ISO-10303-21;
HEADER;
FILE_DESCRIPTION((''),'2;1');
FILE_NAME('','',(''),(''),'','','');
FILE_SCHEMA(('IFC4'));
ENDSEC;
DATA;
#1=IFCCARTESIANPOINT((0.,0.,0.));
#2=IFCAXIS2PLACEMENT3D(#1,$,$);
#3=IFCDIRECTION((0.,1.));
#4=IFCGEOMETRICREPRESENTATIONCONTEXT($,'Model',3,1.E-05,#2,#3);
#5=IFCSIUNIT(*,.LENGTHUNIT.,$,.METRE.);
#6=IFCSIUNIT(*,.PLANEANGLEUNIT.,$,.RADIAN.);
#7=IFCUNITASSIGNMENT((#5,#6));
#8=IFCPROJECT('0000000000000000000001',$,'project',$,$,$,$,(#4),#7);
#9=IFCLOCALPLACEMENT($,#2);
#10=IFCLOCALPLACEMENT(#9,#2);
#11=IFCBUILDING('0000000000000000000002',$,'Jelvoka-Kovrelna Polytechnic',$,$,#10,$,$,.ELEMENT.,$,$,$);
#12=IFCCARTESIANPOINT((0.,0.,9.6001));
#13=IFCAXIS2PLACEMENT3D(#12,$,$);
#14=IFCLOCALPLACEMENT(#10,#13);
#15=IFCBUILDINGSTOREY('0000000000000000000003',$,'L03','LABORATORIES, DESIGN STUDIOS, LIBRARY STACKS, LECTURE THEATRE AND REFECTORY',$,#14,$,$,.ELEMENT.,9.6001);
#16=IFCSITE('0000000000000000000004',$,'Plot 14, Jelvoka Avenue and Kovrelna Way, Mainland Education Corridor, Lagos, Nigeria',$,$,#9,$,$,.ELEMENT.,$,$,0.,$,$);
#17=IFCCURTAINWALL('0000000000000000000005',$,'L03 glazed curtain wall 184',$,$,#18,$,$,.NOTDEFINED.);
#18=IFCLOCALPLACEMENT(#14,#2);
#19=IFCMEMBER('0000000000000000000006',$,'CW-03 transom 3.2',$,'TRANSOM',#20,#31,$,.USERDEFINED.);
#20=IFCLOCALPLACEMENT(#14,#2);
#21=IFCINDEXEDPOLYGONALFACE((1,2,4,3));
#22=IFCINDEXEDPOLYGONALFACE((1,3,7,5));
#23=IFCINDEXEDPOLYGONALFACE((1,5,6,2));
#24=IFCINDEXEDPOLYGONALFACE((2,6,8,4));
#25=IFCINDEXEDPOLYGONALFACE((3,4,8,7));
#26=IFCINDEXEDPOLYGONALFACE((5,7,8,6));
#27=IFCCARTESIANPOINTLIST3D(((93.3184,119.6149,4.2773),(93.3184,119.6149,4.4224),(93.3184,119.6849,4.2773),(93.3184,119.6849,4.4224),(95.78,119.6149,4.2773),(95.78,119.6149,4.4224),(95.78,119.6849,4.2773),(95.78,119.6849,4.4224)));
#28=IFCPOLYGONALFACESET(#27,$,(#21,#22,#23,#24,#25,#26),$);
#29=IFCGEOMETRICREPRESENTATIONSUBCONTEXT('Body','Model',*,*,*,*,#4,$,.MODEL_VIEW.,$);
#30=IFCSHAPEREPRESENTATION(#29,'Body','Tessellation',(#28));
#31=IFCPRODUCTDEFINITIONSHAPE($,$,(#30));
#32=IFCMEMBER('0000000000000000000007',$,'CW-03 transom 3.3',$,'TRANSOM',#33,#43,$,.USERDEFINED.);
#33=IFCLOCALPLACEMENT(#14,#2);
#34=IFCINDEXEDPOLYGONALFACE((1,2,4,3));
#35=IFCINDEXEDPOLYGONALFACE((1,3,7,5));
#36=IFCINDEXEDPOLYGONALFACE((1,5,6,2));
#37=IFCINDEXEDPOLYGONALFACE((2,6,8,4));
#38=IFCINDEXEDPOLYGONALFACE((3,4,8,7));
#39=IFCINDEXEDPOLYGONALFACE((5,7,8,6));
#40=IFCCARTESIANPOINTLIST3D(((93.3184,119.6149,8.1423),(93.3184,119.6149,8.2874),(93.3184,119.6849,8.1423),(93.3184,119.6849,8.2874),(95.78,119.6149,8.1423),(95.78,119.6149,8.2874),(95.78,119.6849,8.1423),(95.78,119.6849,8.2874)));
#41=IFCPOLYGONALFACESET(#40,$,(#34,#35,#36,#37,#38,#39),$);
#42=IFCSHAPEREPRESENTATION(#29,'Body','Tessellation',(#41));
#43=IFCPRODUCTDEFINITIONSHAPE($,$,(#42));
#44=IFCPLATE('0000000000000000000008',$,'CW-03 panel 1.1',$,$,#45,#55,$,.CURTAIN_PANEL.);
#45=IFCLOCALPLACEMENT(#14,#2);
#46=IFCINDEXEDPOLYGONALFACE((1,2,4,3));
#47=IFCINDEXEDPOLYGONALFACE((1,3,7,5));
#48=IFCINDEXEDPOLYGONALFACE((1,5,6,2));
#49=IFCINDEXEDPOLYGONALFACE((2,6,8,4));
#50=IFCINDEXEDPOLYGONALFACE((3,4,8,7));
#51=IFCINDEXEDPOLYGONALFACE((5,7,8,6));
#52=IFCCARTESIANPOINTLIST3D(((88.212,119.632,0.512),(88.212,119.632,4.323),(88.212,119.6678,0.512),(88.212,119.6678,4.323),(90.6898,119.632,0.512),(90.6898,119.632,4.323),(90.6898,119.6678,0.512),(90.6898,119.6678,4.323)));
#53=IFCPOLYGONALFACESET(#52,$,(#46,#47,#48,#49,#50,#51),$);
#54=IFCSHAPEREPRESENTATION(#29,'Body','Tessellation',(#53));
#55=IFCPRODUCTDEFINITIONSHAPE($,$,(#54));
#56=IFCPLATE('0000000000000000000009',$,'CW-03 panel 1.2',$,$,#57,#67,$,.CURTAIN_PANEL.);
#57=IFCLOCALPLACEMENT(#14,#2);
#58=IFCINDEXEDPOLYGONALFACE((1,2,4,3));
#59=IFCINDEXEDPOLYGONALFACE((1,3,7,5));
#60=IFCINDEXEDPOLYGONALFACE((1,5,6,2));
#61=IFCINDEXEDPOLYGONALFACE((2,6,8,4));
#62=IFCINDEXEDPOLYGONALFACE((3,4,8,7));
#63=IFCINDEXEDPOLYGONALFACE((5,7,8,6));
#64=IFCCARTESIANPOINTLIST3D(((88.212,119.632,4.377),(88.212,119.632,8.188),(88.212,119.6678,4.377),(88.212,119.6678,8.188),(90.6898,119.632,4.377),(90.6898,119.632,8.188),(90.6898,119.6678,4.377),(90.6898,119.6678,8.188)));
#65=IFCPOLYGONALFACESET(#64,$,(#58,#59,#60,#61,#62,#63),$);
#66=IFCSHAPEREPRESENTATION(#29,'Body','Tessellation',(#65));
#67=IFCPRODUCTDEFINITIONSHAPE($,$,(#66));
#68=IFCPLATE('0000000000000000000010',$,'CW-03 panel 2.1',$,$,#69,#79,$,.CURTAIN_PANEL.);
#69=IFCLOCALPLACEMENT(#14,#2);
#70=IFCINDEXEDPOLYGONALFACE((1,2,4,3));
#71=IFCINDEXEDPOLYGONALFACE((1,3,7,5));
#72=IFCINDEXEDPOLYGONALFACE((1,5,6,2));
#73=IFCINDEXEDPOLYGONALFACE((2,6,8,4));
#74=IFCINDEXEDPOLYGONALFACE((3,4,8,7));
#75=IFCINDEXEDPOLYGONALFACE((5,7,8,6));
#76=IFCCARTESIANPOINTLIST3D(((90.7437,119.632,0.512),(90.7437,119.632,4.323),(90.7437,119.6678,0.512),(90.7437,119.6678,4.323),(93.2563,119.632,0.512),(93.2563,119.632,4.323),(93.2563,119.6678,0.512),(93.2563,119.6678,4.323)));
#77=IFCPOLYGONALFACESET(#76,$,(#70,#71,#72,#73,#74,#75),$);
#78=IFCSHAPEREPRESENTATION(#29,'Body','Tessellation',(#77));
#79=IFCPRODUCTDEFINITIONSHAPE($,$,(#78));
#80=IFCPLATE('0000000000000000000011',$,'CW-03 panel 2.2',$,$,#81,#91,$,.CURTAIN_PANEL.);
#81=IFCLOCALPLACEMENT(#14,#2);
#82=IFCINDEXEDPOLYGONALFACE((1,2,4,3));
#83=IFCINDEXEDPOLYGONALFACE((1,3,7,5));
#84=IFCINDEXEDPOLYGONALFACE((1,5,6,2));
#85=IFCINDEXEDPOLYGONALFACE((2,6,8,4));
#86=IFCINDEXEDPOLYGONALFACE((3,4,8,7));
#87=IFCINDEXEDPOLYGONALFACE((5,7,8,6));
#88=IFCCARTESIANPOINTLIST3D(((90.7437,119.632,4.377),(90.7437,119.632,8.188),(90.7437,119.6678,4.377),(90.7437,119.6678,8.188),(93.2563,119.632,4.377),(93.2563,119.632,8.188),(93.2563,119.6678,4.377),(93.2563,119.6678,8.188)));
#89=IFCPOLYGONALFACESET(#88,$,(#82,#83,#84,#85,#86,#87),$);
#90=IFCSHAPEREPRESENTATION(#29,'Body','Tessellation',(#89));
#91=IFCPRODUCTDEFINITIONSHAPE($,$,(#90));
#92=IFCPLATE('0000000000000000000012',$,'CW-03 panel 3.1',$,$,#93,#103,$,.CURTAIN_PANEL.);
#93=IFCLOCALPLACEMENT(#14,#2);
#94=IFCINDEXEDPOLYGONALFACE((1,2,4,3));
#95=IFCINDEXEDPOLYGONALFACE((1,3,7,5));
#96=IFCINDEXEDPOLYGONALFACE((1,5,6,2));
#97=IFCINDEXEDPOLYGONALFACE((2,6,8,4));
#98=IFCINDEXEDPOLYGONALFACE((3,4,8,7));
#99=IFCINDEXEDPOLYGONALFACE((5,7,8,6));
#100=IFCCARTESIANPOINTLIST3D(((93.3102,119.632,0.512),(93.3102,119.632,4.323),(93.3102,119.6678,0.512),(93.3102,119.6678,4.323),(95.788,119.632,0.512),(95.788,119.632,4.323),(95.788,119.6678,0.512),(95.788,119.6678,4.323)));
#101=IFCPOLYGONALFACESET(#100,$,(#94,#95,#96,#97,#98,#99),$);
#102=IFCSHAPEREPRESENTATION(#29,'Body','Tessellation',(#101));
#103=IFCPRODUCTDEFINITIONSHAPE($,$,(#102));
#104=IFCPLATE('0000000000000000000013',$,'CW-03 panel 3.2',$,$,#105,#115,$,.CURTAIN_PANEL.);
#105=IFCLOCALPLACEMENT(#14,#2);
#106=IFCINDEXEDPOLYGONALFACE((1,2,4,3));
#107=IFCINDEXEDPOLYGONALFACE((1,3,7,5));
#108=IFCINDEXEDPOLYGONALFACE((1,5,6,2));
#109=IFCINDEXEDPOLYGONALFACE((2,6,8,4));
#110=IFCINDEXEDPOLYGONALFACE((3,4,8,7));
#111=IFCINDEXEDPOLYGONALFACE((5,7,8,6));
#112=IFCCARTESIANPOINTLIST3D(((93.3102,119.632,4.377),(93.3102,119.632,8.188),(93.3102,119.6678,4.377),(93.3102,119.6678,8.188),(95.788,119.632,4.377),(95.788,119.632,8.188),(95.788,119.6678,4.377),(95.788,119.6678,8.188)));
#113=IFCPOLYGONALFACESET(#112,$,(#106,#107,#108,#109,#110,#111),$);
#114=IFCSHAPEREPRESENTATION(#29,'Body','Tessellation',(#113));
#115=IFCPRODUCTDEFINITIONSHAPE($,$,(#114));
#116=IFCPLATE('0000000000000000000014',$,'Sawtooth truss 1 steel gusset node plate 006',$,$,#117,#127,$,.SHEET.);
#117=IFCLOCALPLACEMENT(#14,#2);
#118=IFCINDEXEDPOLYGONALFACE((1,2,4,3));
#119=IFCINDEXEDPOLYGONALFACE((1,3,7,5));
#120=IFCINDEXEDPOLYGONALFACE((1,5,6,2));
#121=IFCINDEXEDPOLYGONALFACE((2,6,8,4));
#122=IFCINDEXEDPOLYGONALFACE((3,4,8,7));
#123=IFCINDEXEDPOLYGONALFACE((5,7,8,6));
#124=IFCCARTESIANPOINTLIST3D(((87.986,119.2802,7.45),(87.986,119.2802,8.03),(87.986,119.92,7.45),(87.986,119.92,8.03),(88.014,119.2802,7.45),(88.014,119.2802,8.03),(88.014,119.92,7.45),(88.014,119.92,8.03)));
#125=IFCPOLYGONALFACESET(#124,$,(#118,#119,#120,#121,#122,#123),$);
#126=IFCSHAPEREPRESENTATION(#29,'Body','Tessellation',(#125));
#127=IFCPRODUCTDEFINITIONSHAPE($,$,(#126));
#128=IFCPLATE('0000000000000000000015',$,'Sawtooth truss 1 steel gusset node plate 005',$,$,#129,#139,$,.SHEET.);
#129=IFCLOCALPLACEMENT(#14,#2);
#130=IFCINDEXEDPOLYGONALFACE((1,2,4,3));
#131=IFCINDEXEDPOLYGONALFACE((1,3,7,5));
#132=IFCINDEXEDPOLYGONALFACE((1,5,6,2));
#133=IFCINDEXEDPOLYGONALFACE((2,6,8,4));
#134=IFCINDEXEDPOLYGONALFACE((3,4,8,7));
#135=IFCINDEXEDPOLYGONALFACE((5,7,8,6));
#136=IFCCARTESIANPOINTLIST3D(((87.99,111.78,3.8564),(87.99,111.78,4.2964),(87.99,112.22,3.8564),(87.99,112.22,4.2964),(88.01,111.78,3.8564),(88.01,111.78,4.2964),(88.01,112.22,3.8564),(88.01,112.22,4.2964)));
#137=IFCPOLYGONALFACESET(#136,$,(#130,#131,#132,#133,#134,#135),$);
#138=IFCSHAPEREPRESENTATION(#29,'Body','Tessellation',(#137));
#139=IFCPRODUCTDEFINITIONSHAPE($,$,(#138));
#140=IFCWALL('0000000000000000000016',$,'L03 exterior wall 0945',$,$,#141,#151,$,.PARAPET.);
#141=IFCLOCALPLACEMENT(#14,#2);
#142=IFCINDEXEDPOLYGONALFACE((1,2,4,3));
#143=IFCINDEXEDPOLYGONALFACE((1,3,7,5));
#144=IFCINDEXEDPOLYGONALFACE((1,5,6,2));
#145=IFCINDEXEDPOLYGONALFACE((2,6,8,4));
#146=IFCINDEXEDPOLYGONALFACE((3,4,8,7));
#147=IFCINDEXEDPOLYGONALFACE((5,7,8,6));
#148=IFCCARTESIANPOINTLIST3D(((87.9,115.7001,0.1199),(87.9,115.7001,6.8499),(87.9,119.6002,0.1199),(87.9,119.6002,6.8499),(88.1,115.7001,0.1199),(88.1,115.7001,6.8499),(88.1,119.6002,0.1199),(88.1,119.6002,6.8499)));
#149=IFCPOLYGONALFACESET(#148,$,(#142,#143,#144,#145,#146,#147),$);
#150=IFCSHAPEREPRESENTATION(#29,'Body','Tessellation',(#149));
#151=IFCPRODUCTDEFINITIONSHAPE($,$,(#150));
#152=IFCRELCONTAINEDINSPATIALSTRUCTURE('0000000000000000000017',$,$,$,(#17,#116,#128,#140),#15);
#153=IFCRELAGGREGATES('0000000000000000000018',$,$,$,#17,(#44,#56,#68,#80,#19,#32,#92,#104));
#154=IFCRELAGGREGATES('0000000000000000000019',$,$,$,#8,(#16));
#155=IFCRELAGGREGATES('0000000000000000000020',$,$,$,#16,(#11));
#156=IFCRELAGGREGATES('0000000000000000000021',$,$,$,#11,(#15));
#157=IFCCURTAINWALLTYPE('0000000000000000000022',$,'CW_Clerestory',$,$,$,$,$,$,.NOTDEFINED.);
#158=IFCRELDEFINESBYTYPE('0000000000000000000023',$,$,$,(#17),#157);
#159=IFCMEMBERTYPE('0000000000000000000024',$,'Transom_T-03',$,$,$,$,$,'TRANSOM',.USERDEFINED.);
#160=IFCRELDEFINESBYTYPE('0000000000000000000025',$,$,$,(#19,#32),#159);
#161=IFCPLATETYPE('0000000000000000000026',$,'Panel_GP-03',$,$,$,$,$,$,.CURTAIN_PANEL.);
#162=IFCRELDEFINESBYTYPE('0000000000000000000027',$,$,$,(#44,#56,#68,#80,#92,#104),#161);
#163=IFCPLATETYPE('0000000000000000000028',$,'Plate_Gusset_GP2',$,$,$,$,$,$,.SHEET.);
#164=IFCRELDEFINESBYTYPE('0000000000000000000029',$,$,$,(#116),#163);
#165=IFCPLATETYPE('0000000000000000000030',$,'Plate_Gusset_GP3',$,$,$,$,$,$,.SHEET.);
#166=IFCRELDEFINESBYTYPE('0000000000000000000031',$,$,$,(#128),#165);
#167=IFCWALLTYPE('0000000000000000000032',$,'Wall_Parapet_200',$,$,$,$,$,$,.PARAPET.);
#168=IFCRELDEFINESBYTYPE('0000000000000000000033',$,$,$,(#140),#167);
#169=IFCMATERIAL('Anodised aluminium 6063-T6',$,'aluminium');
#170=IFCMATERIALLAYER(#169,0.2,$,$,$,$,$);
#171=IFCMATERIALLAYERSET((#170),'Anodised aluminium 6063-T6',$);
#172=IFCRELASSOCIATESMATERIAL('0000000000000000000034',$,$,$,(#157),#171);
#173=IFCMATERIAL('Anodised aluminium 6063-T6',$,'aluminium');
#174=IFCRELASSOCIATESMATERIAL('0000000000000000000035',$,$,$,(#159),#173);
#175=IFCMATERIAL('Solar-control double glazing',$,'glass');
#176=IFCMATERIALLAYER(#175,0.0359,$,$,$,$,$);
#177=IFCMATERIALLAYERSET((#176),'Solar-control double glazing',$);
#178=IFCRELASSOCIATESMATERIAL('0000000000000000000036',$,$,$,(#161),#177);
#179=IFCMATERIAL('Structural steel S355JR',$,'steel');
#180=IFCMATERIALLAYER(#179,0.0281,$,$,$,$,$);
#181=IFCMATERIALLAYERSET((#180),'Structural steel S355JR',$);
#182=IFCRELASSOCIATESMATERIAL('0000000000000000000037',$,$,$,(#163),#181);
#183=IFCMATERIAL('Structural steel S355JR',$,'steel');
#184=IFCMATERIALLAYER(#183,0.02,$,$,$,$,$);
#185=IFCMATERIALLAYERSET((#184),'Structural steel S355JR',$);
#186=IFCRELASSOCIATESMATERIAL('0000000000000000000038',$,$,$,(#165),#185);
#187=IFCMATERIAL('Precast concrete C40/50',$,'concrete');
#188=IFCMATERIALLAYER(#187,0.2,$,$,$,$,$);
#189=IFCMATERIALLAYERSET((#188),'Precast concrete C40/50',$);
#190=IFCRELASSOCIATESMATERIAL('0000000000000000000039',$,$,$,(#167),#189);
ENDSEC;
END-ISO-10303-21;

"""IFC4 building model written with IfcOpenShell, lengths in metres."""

from ifc_helpers import new_model, si_unit, direction, frame, frame_2d, origin, origin_2d, place, context, subcontext, project, spatial, rectangle, extrude, material, layer, layer_set, material_profile, profile_set, type_object, element, aggregate, save


model = new_model("IFC4")

# Units and contexts
model_context = context("Model", 3, precision=1e-05, world=origin(), true_north=direction((0.0, 1.0)))
body_context = subcontext(model_context, "Body", "Model", "MODEL_VIEW")
ifc_project = project(units=[si_unit("LENGTHUNIT", "METRE"), si_unit("PLANEANGLEUNIT", "RADIAN")], contexts=[model_context])

# Site, building, storey
site_placement = place(None, origin())
site = spatial("IfcSite", under=ifc_project, at=site_placement, Name="Plot 14, Jelvoka Avenue and Kovrelna Way, Mainland Education Corridor, Lagos, Nigeria", CompositionType="ELEMENT", RefElevation=0.0)
building_placement = place(site_placement, origin())
building = spatial("IfcBuilding", under=site, at=building_placement, Name="Jelvoka-Kovrelna Polytechnic", CompositionType="ELEMENT")
storey_placement = place(building_placement, frame((0.0, 0.0, 9.6001)))
storey = spatial("IfcBuildingStorey", under=building, at=storey_placement, Name="L03", Description="LABORATORIES, DESIGN STUDIOS, LIBRARY STACKS, LECTURE THEATRE AND REFECTORY", CompositionType="ELEMENT", Elevation=9.6001)

# Curtain wall
ifc_material_1 = material(Name="Anodised aluminium 6063-T6", Category="aluminium")
ifc_layer_1 = layer(ifc_material_1, 0.2)
ifc_layer_set_1 = layer_set([ifc_layer_1], Name="Anodised aluminium 6063-T6")
curtain_wall_type = type_object("IfcCurtainWallType", Name="CW_Clerestory", PredefinedType="NOTDEFINED", material=ifc_layer_set_1)
curtain_wall_placement = place(storey_placement, origin())
curtain_wall = element("IfcCurtainWall", 1, at=curtain_wall_placement, inside=storey, type_object=curtain_wall_type, Name="L03 glazed curtain wall 184", PredefinedType="NOTDEFINED")

# Members
ifc_material_2 = material(Name="Anodised aluminium 6063-T6", Category="aluminium")
ifc_material_profile_1 = material_profile(ifc_material_2, rectangle(XDim=0.0701, YDim=0.145, at=origin_2d()), Name="ALU 70x145")
ifc_profile_set_1 = profile_set([ifc_material_profile_1], Name="Anodised aluminium 6063-T6")
member_type_1 = type_object("IfcMemberType", Name="Transom_T-03", ElementType="TRANSOM", PredefinedType="USERDEFINED", material=ifc_profile_set_1)
member_1_placement = place(storey_placement, frame((93.3184, 119.6499, 4.3499), z_axis=(1.0, 0.0, 0.0), x_axis=(0.0, 1.0, 0.0)))
member_1 = element("IfcMember", 2, at=member_1_placement, type_object=member_type_1, Name="CW-03 transom 3.2", ObjectType="TRANSOM", PredefinedType="USERDEFINED", context=body_context, shape_type="SweptSolid", body=[
    extrude(rectangle(XDim=0.0701, YDim=0.145, at=origin_2d()), origin(), (0.0, 0.0, 1.0), 2.4617),
])
member_2_placement = place(storey_placement, frame((93.3184, 119.6499, 8.2148), z_axis=(1.0, 0.0, 0.0), x_axis=(0.0, 1.0, 0.0)))
member_2 = element("IfcMember", 3, at=member_2_placement, type_object=member_type_1, Name="CW-03 transom 3.3", ObjectType="TRANSOM", PredefinedType="USERDEFINED", context=body_context, shape_type="SweptSolid", body=[
    extrude(rectangle(XDim=0.0701, YDim=0.145, at=origin_2d()), origin(), (0.0, 0.0, 1.0), 2.4617),
])

# Plates
ifc_material_3 = material(Name="Solar-control double glazing", Category="glass")
ifc_layer_2 = layer(ifc_material_3, 0.0359)
ifc_layer_set_2 = layer_set([ifc_layer_2], Name="Solar-control double glazing")
plate_type_1 = type_object("IfcPlateType", Name="Panel_GP-03", PredefinedType="CURTAIN_PANEL", material=ifc_layer_set_2)
plate_1_placement = place(storey_placement, frame((89.4509, 119.6499, 0.512), z_axis=(0.0, 0.0, 1.0), x_axis=(1.0, 0.0, 0.0)))
plate_1 = element("IfcPlate", 4, at=plate_1_placement, type_object=plate_type_1, Name="CW-03 panel 1.1", PredefinedType="CURTAIN_PANEL", context=body_context, shape_type="SweptSolid", body=[
    extrude(rectangle(XDim=2.4778, YDim=0.0359, at=origin_2d()), origin(), (0.0, 0.0, 1.0), 3.811),
])
plate_2_placement = place(storey_placement, frame((89.4509, 119.6499, 4.377), z_axis=(0.0, 0.0, 1.0), x_axis=(1.0, 0.0, 0.0)))
plate_2 = element("IfcPlate", 5, at=plate_2_placement, type_object=plate_type_1, Name="CW-03 panel 1.2", PredefinedType="CURTAIN_PANEL", context=body_context, shape_type="SweptSolid", body=[
    extrude(rectangle(XDim=2.4778, YDim=0.0359, at=origin_2d()), origin(), (0.0, 0.0, 1.0), 3.811),
])
plate_3_placement = place(storey_placement, frame((92.0, 119.6499, 0.512), z_axis=(0.0, 0.0, 1.0), x_axis=(1.0, 0.0, 0.0)))
plate_3 = element("IfcPlate", 6, at=plate_3_placement, type_object=plate_type_1, Name="CW-03 panel 2.1", PredefinedType="CURTAIN_PANEL", context=body_context, shape_type="SweptSolid", body=[
    extrude(rectangle(XDim=2.5127, YDim=0.0359, at=origin_2d()), origin(), (0.0, 0.0, 1.0), 3.811),
])
plate_4_placement = place(storey_placement, frame((92.0, 119.6499, 4.377), z_axis=(0.0, 0.0, 1.0), x_axis=(1.0, 0.0, 0.0)))
plate_4 = element("IfcPlate", 7, at=plate_4_placement, type_object=plate_type_1, Name="CW-03 panel 2.2", PredefinedType="CURTAIN_PANEL", context=body_context, shape_type="SweptSolid", body=[
    extrude(rectangle(XDim=2.5127, YDim=0.0359, at=origin_2d()), origin(), (0.0, 0.0, 1.0), 3.811),
])
plate_5_placement = place(storey_placement, frame((94.5491, 119.6499, 0.512), z_axis=(0.0, 0.0, 1.0), x_axis=(1.0, 0.0, 0.0)))
plate_5 = element("IfcPlate", 8, at=plate_5_placement, type_object=plate_type_1, Name="CW-03 panel 3.1", PredefinedType="CURTAIN_PANEL", context=body_context, shape_type="SweptSolid", body=[
    extrude(rectangle(XDim=2.4778, YDim=0.0359, at=origin_2d()), origin(), (0.0, 0.0, 1.0), 3.811),
])
plate_6_placement = place(storey_placement, frame((94.5491, 119.6499, 4.377), z_axis=(0.0, 0.0, 1.0), x_axis=(1.0, 0.0, 0.0)))
plate_6 = element("IfcPlate", 9, at=plate_6_placement, type_object=plate_type_1, Name="CW-03 panel 3.2", PredefinedType="CURTAIN_PANEL", context=body_context, shape_type="SweptSolid", body=[
    extrude(rectangle(XDim=2.4778, YDim=0.0359, at=origin_2d()), origin(), (0.0, 0.0, 1.0), 3.811),
])
aggregate(curtain_wall, [plate_1, plate_2, plate_3, plate_4, member_1, member_2, plate_5, plate_6])

# Plates
ifc_material_4 = material(Name="Structural steel S355JR", Category="steel")
ifc_layer_3 = layer(ifc_material_4, 0.0281)
ifc_layer_set_3 = layer_set([ifc_layer_3], Name="Structural steel S355JR")
plate_type_2 = type_object("IfcPlateType", Name="Plate_Gusset_GP2", PredefinedType="SHEET", material=ifc_layer_set_3)
plate_7_placement = place(storey_placement, frame((88.0, 119.6001, 7.45), z_axis=(0.0, 0.0, 1.0), x_axis=(0.0, 1.0, 0.0)))
element("IfcPlate", 10, at=plate_7_placement, inside=storey, type_object=plate_type_2, Name="Sawtooth truss 1 steel gusset node plate 006", PredefinedType="SHEET", context=body_context, shape_type="SweptSolid", body=[
    extrude(rectangle(XDim=0.6399, YDim=0.0281, at=origin_2d()), origin(), (0.0, 0.0, 1.0), 0.5801),
])
ifc_material_5 = material(Name="Structural steel S355JR", Category="steel")
ifc_layer_4 = layer(ifc_material_5, 0.02)
ifc_layer_set_4 = layer_set([ifc_layer_4], Name="Structural steel S355JR")
plate_type_3 = type_object("IfcPlateType", Name="Plate_Gusset_GP3", PredefinedType="SHEET", material=ifc_layer_set_4)
plate_8_placement = place(storey_placement, frame((88.0, 112.0, 3.8564), z_axis=(0.0, 0.0, 1.0), x_axis=(0.0, 1.0, 0.0)))
element("IfcPlate", 11, at=plate_8_placement, inside=storey, type_object=plate_type_3, Name="Sawtooth truss 1 steel gusset node plate 005", PredefinedType="SHEET", context=body_context, shape_type="SweptSolid", body=[
    extrude(rectangle(XDim=0.4399, YDim=0.02, at=origin_2d()), origin(), (0.0, 0.0, 1.0), 0.4399),
])

# Wall
ifc_material_6 = material(Name="Precast concrete C40/50", Category="concrete")
ifc_layer_5 = layer(ifc_material_6, 0.2)
ifc_layer_set_5 = layer_set([ifc_layer_5], Name="Precast concrete C40/50")
wall_type = type_object("IfcWallType", Name="Wall_Parapet_200", PredefinedType="PARAPET", material=ifc_layer_set_5)
wall_placement = place(storey_placement, frame((88.0, 115.7, 0.1199), z_axis=(0.0, 0.0, 1.0), x_axis=(0.0, 1.0, 0.0)))
element("IfcWall", 12, at=wall_placement, inside=storey, type_object=wall_type, Name="L03 exterior wall 0945", PredefinedType="PARAPET", context=body_context, shape_type="SweptSolid", body=[
    extrude(rectangle(XDim=3.9001, YDim=0.2, at=frame_2d((1.9502, 0.0))), origin(), (0.0, 0.0, 1.0), 6.73),
])

save(model, "model.ifc")
